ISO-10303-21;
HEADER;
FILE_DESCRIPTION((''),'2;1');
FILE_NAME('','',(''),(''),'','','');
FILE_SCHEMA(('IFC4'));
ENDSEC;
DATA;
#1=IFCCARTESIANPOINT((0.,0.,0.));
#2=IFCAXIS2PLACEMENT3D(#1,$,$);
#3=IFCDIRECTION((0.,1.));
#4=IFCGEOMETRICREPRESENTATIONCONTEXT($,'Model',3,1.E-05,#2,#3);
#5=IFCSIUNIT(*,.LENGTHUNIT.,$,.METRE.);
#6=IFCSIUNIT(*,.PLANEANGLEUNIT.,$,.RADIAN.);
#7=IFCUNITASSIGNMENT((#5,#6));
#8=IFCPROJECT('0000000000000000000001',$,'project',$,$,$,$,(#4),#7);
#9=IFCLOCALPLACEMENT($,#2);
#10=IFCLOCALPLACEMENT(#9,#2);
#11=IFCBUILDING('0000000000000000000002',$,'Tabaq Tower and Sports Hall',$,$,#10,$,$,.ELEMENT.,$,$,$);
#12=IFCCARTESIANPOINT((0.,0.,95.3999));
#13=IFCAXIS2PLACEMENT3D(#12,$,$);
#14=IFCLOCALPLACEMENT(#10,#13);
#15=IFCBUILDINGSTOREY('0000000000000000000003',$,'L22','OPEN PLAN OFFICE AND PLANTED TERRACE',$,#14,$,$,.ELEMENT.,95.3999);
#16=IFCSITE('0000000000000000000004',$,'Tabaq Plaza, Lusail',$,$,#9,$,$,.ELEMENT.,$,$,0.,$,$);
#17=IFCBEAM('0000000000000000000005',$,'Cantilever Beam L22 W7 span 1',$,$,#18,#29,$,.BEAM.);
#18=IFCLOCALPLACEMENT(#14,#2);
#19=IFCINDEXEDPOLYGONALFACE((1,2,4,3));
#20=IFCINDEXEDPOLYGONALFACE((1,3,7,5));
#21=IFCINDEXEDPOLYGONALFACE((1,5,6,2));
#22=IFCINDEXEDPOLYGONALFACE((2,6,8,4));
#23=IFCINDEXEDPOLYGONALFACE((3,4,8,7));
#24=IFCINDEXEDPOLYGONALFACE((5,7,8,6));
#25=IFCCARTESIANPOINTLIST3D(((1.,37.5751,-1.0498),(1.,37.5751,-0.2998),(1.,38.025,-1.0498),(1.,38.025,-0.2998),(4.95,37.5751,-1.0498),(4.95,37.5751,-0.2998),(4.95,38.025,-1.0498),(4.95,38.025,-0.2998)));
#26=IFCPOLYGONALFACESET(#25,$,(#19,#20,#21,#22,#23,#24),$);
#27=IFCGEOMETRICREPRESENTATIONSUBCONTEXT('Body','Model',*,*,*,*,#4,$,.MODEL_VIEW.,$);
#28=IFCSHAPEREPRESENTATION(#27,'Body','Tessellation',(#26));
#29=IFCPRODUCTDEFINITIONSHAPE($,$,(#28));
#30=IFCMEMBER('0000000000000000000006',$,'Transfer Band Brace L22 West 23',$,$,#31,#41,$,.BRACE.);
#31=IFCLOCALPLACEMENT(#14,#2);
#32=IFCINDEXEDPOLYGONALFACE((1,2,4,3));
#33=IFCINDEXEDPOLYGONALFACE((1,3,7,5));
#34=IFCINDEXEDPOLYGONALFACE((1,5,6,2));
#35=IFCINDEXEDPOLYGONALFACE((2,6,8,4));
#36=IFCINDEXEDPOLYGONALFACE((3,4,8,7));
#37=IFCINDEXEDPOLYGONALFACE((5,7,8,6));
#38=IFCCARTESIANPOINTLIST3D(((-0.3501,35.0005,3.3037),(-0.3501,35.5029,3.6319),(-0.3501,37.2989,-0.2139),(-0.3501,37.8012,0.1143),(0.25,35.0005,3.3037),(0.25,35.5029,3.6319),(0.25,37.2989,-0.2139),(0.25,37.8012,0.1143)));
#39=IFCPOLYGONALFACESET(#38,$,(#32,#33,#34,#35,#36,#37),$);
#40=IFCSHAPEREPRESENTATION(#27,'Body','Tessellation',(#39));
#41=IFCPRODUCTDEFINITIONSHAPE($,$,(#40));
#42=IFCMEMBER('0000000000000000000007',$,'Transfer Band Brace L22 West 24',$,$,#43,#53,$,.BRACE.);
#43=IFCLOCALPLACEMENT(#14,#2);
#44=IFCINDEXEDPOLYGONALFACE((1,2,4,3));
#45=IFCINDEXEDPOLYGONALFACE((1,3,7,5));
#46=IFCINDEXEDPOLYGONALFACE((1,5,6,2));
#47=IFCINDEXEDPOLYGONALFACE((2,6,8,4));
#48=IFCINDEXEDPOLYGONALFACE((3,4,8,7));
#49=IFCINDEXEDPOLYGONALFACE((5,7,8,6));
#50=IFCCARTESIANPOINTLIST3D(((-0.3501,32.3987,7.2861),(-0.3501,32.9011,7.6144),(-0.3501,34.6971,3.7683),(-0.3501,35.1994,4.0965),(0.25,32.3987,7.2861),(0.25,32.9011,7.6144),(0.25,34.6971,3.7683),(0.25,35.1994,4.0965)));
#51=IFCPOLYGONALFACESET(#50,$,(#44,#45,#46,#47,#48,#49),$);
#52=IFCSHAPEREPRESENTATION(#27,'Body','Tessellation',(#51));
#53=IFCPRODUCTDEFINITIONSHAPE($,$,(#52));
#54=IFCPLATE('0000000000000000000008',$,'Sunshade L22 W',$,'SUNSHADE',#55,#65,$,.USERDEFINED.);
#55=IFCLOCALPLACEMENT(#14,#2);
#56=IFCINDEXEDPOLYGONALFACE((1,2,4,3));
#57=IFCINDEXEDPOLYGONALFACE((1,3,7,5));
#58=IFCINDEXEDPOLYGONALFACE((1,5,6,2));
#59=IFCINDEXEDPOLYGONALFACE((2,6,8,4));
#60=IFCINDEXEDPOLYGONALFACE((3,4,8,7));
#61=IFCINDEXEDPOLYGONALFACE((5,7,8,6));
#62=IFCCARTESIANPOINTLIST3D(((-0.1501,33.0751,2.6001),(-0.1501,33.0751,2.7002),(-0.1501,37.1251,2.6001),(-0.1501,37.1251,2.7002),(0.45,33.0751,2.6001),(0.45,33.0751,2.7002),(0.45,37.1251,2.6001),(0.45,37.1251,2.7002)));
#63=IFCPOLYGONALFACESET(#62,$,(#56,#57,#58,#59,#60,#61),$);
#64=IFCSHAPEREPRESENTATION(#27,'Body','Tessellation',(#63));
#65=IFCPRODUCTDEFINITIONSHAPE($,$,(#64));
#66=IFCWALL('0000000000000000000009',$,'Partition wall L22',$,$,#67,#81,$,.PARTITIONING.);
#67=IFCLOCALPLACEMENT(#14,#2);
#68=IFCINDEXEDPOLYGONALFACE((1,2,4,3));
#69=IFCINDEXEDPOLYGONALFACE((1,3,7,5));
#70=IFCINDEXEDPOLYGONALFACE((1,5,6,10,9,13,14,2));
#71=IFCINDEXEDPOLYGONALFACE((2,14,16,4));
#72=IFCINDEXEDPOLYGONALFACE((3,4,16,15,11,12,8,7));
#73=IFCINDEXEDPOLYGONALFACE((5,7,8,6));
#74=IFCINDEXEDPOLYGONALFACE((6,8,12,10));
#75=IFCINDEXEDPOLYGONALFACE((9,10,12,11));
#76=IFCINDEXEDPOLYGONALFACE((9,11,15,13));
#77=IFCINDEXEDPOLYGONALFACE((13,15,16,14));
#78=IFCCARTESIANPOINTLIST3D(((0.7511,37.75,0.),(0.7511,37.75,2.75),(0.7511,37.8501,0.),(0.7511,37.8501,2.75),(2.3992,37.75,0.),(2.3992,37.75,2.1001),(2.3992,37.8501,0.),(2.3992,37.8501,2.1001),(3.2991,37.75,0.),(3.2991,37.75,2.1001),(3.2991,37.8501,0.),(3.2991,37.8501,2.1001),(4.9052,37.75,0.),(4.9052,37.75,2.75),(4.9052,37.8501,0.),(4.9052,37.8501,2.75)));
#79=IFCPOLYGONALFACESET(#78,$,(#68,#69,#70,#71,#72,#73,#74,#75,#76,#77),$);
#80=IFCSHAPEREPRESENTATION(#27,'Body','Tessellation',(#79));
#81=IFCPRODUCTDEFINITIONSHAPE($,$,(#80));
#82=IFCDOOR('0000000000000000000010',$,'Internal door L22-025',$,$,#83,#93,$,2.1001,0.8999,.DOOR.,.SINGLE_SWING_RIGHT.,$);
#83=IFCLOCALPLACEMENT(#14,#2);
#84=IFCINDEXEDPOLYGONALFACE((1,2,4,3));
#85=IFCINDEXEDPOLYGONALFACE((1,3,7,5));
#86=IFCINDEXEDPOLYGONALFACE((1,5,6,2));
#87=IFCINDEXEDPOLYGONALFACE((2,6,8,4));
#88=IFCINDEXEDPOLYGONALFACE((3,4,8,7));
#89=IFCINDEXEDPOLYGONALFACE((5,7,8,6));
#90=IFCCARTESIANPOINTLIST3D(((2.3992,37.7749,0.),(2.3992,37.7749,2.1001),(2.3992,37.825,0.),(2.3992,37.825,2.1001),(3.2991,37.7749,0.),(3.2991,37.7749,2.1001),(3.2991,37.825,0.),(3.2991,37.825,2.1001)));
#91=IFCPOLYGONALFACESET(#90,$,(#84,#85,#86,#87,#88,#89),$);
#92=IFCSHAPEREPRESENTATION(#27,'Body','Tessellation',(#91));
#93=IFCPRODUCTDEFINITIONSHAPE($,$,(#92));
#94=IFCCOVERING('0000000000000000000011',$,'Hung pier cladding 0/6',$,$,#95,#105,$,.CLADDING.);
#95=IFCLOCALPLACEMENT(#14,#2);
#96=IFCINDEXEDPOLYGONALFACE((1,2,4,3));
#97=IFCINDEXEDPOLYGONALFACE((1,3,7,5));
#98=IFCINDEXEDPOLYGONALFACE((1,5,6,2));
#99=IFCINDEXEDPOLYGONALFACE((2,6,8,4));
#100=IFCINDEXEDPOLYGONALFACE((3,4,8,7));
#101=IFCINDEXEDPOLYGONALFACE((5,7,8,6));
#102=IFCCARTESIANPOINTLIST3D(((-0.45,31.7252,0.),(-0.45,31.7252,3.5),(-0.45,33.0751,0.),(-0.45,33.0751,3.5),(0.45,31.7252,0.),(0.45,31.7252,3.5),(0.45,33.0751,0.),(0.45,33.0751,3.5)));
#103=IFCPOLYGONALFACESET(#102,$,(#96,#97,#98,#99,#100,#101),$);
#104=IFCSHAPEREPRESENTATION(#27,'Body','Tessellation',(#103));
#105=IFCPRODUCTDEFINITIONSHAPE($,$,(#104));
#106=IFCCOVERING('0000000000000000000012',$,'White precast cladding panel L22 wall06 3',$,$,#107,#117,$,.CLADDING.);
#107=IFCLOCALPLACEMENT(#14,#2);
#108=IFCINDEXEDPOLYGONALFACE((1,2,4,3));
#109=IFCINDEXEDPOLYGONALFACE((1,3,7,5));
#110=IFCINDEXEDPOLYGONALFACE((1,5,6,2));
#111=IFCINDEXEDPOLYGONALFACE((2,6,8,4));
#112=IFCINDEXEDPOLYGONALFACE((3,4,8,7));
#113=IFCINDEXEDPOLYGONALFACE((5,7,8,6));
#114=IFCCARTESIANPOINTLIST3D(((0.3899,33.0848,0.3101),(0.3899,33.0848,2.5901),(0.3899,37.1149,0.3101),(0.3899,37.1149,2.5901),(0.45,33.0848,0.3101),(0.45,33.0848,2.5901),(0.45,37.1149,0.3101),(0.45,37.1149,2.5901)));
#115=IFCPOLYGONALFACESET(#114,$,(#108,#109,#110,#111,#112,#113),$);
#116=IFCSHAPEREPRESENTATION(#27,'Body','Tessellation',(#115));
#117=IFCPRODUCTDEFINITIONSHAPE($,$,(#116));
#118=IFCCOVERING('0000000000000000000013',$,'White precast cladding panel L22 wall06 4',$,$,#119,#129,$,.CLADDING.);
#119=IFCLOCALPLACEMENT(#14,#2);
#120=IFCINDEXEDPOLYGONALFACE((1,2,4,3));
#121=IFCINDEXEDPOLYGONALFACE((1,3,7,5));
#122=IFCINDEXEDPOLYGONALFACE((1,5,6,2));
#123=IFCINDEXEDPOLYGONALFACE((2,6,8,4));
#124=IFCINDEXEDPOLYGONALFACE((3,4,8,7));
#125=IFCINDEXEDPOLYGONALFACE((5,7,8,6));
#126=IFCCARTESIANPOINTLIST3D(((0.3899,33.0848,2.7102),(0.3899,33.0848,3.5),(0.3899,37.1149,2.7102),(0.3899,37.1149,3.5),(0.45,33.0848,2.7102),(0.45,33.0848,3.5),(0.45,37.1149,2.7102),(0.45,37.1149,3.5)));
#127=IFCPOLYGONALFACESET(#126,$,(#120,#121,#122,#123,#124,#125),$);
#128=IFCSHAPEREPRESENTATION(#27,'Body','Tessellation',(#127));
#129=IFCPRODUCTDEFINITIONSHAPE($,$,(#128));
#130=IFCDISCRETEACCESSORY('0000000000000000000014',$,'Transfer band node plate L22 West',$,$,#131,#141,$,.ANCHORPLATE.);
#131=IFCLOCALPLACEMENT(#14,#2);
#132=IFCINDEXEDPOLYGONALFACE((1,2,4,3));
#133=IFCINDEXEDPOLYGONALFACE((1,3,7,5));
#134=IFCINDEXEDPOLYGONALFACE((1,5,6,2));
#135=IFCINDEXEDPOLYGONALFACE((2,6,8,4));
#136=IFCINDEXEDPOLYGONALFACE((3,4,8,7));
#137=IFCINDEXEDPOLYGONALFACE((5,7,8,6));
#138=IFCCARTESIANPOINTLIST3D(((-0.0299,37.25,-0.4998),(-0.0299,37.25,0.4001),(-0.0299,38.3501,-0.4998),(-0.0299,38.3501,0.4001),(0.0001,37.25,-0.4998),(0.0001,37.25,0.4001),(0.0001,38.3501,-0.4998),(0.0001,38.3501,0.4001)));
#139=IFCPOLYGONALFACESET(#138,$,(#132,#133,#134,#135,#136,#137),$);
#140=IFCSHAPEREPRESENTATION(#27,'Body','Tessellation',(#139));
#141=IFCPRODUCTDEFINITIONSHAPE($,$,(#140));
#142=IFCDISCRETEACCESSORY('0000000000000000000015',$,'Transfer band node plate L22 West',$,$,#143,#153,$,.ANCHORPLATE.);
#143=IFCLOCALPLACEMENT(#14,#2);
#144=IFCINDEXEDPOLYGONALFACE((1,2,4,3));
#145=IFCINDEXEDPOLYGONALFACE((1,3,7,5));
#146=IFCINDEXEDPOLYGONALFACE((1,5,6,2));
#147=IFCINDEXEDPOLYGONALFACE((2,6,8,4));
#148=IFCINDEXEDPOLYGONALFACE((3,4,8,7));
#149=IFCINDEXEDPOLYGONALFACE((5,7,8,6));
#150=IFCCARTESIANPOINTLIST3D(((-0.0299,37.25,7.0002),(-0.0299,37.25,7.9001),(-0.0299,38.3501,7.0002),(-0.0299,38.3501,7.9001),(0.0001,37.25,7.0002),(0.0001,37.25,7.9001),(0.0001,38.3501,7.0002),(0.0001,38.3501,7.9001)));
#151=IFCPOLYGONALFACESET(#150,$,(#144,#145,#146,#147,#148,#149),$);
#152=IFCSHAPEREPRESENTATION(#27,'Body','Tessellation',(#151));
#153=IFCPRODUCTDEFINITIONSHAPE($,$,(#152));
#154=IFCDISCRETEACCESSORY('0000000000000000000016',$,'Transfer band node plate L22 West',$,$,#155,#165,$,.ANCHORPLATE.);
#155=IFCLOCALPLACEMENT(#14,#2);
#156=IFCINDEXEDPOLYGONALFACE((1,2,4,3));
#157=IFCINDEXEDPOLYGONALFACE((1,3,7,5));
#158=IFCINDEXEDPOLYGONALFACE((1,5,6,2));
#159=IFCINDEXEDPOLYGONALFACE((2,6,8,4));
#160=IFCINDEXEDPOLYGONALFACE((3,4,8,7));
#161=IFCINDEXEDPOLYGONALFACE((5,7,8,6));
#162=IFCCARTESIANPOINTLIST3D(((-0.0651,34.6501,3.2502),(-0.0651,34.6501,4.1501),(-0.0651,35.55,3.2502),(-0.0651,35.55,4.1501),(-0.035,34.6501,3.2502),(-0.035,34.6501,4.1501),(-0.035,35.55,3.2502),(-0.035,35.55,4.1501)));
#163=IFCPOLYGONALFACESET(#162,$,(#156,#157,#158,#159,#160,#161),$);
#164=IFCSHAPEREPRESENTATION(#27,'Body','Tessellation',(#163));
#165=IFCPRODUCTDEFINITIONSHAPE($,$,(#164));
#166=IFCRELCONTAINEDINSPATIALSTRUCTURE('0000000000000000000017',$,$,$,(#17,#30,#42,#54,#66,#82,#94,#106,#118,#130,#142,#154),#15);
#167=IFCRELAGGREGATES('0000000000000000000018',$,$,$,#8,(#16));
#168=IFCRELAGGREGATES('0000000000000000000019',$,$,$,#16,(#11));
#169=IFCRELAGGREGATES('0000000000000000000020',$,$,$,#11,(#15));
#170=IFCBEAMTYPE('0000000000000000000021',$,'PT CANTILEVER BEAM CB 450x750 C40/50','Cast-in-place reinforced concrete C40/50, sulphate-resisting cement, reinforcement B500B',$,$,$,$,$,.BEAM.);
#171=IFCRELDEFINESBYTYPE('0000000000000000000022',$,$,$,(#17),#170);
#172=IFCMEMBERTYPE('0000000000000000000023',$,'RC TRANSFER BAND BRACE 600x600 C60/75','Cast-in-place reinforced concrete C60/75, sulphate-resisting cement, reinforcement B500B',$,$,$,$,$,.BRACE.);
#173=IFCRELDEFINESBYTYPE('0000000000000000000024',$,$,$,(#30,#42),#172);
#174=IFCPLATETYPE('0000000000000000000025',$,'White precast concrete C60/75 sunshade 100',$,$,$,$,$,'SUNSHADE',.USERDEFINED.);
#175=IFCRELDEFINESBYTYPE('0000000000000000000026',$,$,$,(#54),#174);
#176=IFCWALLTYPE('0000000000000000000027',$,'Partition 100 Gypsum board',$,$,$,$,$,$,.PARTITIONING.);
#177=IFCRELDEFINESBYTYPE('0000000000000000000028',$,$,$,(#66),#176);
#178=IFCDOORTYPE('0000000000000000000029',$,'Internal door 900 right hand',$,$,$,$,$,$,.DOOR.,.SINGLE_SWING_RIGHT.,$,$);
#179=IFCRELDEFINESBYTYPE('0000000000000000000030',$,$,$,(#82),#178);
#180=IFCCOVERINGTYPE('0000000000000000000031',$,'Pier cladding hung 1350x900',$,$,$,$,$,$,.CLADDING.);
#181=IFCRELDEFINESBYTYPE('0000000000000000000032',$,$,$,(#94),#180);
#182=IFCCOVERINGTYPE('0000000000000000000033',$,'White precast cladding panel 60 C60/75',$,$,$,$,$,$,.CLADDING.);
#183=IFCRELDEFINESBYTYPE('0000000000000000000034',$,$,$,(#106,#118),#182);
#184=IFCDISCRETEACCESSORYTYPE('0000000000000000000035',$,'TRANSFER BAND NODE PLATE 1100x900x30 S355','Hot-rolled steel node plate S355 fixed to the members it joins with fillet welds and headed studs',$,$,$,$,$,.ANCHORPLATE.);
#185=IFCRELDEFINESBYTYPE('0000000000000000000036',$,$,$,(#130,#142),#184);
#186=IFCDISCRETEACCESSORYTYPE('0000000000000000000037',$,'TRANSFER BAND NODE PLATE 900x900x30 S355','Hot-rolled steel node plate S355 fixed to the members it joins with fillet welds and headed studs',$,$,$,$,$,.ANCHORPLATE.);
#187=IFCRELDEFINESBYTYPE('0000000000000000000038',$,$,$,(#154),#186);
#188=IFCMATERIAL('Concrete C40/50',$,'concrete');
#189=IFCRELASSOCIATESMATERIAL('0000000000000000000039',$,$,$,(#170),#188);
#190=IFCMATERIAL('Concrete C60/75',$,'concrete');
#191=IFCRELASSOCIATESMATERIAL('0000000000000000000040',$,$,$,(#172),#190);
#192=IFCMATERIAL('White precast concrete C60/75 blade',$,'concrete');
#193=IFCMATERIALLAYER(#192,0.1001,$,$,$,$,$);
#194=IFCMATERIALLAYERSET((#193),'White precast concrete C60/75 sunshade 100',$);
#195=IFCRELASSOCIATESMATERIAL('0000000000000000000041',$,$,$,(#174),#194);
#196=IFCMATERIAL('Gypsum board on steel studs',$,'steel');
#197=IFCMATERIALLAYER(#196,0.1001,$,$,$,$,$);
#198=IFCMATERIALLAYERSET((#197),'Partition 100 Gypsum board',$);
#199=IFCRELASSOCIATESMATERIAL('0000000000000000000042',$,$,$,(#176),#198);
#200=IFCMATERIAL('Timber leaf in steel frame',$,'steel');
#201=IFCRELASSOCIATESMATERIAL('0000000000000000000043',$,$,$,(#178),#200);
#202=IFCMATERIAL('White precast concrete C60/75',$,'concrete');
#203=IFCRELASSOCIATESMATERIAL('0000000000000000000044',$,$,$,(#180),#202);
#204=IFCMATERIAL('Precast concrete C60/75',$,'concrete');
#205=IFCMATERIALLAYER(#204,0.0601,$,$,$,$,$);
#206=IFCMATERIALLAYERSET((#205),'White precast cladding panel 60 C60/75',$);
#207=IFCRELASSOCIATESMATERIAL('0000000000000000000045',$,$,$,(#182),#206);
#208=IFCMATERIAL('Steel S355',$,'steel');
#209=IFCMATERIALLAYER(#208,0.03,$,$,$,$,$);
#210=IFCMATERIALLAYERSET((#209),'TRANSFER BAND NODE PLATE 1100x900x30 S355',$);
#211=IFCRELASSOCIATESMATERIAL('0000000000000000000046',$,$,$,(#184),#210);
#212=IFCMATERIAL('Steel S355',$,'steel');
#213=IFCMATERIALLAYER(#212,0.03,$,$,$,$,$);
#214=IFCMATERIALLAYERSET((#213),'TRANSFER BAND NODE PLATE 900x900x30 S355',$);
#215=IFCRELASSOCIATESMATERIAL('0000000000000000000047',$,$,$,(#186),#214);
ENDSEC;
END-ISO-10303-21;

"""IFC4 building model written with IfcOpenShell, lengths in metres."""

from ifc_helpers import new_model, si_unit, direction, frame, frame_2d, origin, origin_2d, place, context, subcontext, project, spatial, rectangle, extrude, material, layer, layer_set, material_profile, profile_set, type_object, element, fill, save


model = new_model("IFC4")

# Units and contexts
model_context = context("Model", 3, precision=1e-05, world=origin(), true_north=direction((0.0, 1.0)))
body_context = subcontext(model_context, "Body", "Model", "MODEL_VIEW")
ifc_project = project(units=[si_unit("LENGTHUNIT", "METRE"), si_unit("PLANEANGLEUNIT", "RADIAN")], contexts=[model_context])

# Site, building, storey
site_placement = place(None, origin())
site = spatial("IfcSite", under=ifc_project, at=site_placement, Name="Tabaq Plaza, Lusail", CompositionType="ELEMENT", RefElevation=0.0)
building_placement = place(site_placement, origin())
building = spatial("IfcBuilding", under=site, at=building_placement, Name="Tabaq Tower and Sports Hall", CompositionType="ELEMENT")
storey_placement = place(building_placement, frame((0.0, 0.0, 95.3999)))
storey = spatial("IfcBuildingStorey", under=building, at=storey_placement, Name="L22", Description="OPEN PLAN OFFICE AND PLANTED TERRACE", CompositionType="ELEMENT", Elevation=95.3999)

# Beam
ifc_material_1 = material(Name="Concrete C40/50", Category="concrete")
ifc_material_profile_1 = material_profile(ifc_material_1, rectangle(XDim=0.45, YDim=0.75, at=origin_2d()), Name="CB 450x750")
ifc_profile_set_1 = profile_set([ifc_material_profile_1], Name="Concrete C40/50")
beam_type = type_object("IfcBeamType", Name="PT CANTILEVER BEAM CB 450x750 C40/50", Description="Cast-in-place reinforced concrete C40/50, sulphate-resisting cement, reinforcement B500B", PredefinedType="BEAM", material=ifc_profile_set_1)
beam_placement = place(storey_placement, frame((1.0, 37.8, -0.6748), z_axis=(1.0, 0.0, 0.0), x_axis=(0.0, 1.0, 0.0)))
element("IfcBeam", 1, at=beam_placement, inside=storey, type_object=beam_type, Name="Cantilever Beam L22 W7 span 1", PredefinedType="BEAM", context=body_context, shape_type="SweptSolid", body=[
    extrude(rectangle(XDim=0.45, YDim=0.75, at=origin_2d()), origin(), (0.0, 0.0, 1.0), 3.95),
])

# Members
ifc_material_2 = material(Name="Concrete C60/75", Category="concrete")
ifc_material_profile_2 = material_profile(ifc_material_2, rectangle(XDim=0.6001, YDim=0.6001, at=origin_2d()), Name="TRANSFER BAND BRACE 600x600")
ifc_profile_set_2 = profile_set([ifc_material_profile_2], Name="Concrete C60/75")
member_type = type_object("IfcMemberType", Name="RC TRANSFER BAND BRACE 600x600 C60/75", Description="Cast-in-place reinforced concrete C60/75, sulphate-resisting cement, reinforcement B500B", PredefinedType="BRACE", material=ifc_profile_set_2)
member_1_placement = place(storey_placement, frame((-0.05, 37.55, -0.0498), z_axis=(0.0, -0.54698, 0.837146), x_axis=(1.0, 0.0, 0.0)))
element("IfcMember", 2, at=member_1_placement, inside=storey, type_object=member_type, Name="Transfer Band Brace L22 West 23", PredefinedType="BRACE", context=body_context, shape_type="SweptSolid", body=[
    extrude(rectangle(XDim=0.6001, YDim=0.6001, at=origin_2d()), origin(), (0.0, 0.0, 1.0), 4.2019),
])
member_2_placement = place(storey_placement, frame((-0.05, 34.9482, 3.9324), z_axis=(0.0, -0.546953, 0.837163), x_axis=(1.0, 0.0, 0.0)))
element("IfcMember", 3, at=member_2_placement, inside=storey, type_object=member_type, Name="Transfer Band Brace L22 West 24", PredefinedType="BRACE", context=body_context, shape_type="SweptSolid", body=[
    extrude(rectangle(XDim=0.6001, YDim=0.6001, at=origin_2d()), origin(), (0.0, 0.0, 1.0), 4.2021),
])

# Plate
ifc_material_3 = material(Name="White precast concrete C60/75 blade", Category="concrete")
ifc_layer_1 = layer(ifc_material_3, 0.1001)
ifc_layer_set_1 = layer_set([ifc_layer_1], Name="White precast concrete C60/75 sunshade 100")
plate_type = type_object("IfcPlateType", Name="White precast concrete C60/75 sunshade 100", ElementType="SUNSHADE", PredefinedType="USERDEFINED", material=ifc_layer_set_1)
plate_placement = place(storey_placement, frame((0.1499, 35.1001, 2.6001), z_axis=(0.0, 0.0, 1.0), x_axis=(0.0, -1.0, 0.0)))
element("IfcPlate", 4, at=plate_placement, inside=storey, type_object=plate_type, Name="Sunshade L22 W", ObjectType="SUNSHADE", PredefinedType="USERDEFINED", context=body_context, shape_type="SweptSolid", body=[
    extrude(rectangle(XDim=4.05, YDim=0.6001, at=origin_2d()), origin(), (0.0, 0.0, 1.0), 0.1001),
])

# Wall, opening, door
ifc_material_4 = material(Name="Gypsum board on steel studs", Category="steel")
ifc_layer_2 = layer(ifc_material_4, 0.1001)
ifc_layer_set_2 = layer_set([ifc_layer_2], Name="Partition 100 Gypsum board")
wall_type_1 = type_object("IfcWallType", Name="Partition 100 Gypsum board", PredefinedType="PARTITIONING", material=ifc_layer_set_2)
wall_1_placement = place(storey_placement, frame((0.751, 37.8, 0.0), z_axis=(0.0, 0.0, 1.0), x_axis=(1.0, 0.0, 0.0)))
wall_1 = element("IfcWall", 5, at=wall_1_placement, inside=storey, type_object=wall_type_1, Name="Partition wall L22", PredefinedType="PARTITIONING", context=body_context, shape_type="SweptSolid", body=[
    extrude(rectangle(XDim=4.1541, YDim=0.1001, at=frame_2d((2.0771, 0.0))), origin(), (0.0, 0.0, 1.0), 2.75),
])
opening_1_placement = place(wall_1_placement, frame((1.6482, 0.0, 0.0)))
opening_1 = element("IfcOpeningElement", 6, at=opening_1_placement, cuts=wall_1, PredefinedType="OPENING", context=body_context, shape_type="SweptSolid", body=[
    extrude(rectangle(XDim=0.8999, YDim=2.1001, at=frame_2d((0.45, 1.05))), frame((0.0, 0.05, 0.0), z_axis=(0.0, -1.0, 0.0), x_axis=(1.0, 0.0, 0.0)), (0.0, 0.0, 1.0), 0.1001),
])
ifc_material_5 = material(Name="Timber leaf in steel frame", Category="steel")
door_type_1 = type_object("IfcDoorType", Name="Internal door 900 right hand", OperationType="SINGLE_SWING_RIGHT", PredefinedType="DOOR", material=ifc_material_5)
door_1_placement = place(opening_1_placement, origin())
door_1 = element("IfcDoor", 7, at=door_1_placement, inside=storey, type_object=door_type_1, Name="Internal door L22-025", OperationType="SINGLE_SWING_RIGHT", OverallHeight=2.1001, OverallWidth=0.8999, PredefinedType="DOOR", context=body_context, shape_type="SweptSolid", body=[
    extrude(rectangle(XDim=0.8999, YDim=2.1001, at=frame_2d((0.45, 1.05))), frame((0.0, 0.0249, 0.0), z_axis=(0.0, -1.0, 0.0), x_axis=(1.0, 0.0, 0.0)), (0.0, 0.0, 1.0), 0.05),
])
fill(opening_1, door_1)

# Coverings
ifc_material_6 = material(Name="White precast concrete C60/75", Category="concrete")
covering_type_1 = type_object("IfcCoveringType", Name="Pier cladding hung 1350x900", PredefinedType="CLADDING", material=ifc_material_6)
covering_1_placement = place(storey_placement, frame((0.0, 33.075, 0.0), z_axis=(0.0, 0.0, 1.0), x_axis=(0.0, -1.0, 0.0)))
element("IfcCovering", 8, at=covering_1_placement, inside=storey, type_object=covering_type_1, Name="Hung pier cladding 0/6", PredefinedType="CLADDING", context=body_context, shape_type="SweptSolid", body=[
    extrude(rectangle(XDim=1.3499, YDim=0.8999, at=frame_2d((0.6748, 0.0))), origin(), (0.0, 0.0, 1.0), 3.5),
])
ifc_material_7 = material(Name="Precast concrete C60/75", Category="concrete")
ifc_layer_3 = layer(ifc_material_7, 0.0601)
ifc_layer_set_3 = layer_set([ifc_layer_3], Name="White precast cladding panel 60 C60/75")
covering_type_2 = type_object("IfcCoveringType", Name="White precast cladding panel 60 C60/75", PredefinedType="CLADDING", material=ifc_layer_set_3)
covering_2_placement = place(storey_placement, frame((0.4199, 37.115, 0.3101), z_axis=(0.0, 0.0, 1.0), x_axis=(0.0, -1.0, 0.0)))
element("IfcCovering", 9, at=covering_2_placement, inside=storey, type_object=covering_type_2, Name="White precast cladding panel L22 wall06 3", PredefinedType="CLADDING", context=body_context, shape_type="SweptSolid", body=[
    extrude(rectangle(XDim=4.03, YDim=0.0601, at=frame_2d((2.0151, 0.0))), origin(), (0.0, 0.0, 1.0), 2.28),
])
covering_3_placement = place(storey_placement, frame((0.4199, 37.115, 2.7102), z_axis=(0.0, 0.0, 1.0), x_axis=(0.0, -1.0, 0.0)))
element("IfcCovering", 10, at=covering_3_placement, inside=storey, type_object=covering_type_2, Name="White precast cladding panel L22 wall06 4", PredefinedType="CLADDING", context=body_context, shape_type="SweptSolid", body=[
    extrude(rectangle(XDim=4.03, YDim=0.0601, at=frame_2d((2.0151, 0.0))), origin(), (0.0, 0.0, 1.0), 0.7898),
])

# Discrete accessories
ifc_material_8 = material(Name="Steel S355", Category="steel")
ifc_layer_4 = layer(ifc_material_8, 0.03)
ifc_layer_set_4 = layer_set([ifc_layer_4], Name="TRANSFER BAND NODE PLATE 1100x900x30 S355")
discrete_accessory_type_1 = type_object("IfcDiscreteAccessoryType", Name="TRANSFER BAND NODE PLATE 1100x900x30 S355", Description="Hot-rolled steel node plate S355 fixed to the members it joins with fillet welds and headed studs", PredefinedType="ANCHORPLATE", material=ifc_layer_set_4)
for number, where, z_axis, x_axis, name in (
    (11, (-0.0149, 37.8, -0.4998), (0.0, 0.0, 1.0), (0.0, -1.0, 0.0), "Transfer band node plate L22 West"),
    (12, (-0.0149, 37.8, 7.0002), (0.0, 0.0, 1.0), (0.0, -1.0, 0.0), "Transfer band node plate L22 West"),
):
    element("IfcDiscreteAccessory", number, at=place(storey_placement, frame(where, z_axis=z_axis, x_axis=x_axis)), inside=storey, type_object=discrete_accessory_type_1, Name=name, PredefinedType="ANCHORPLATE", context=body_context, shape_type="SweptSolid", body=[
        extrude(rectangle(XDim=1.1001, YDim=0.03, at=origin_2d()), origin(), (0.0, 0.0, 1.0), 0.8999),
    ])
ifc_material_9 = material(Name="Steel S355", Category="steel")
ifc_layer_5 = layer(ifc_material_9, 0.03)
ifc_layer_set_5 = layer_set([ifc_layer_5], Name="TRANSFER BAND NODE PLATE 900x900x30 S355")
discrete_accessory_type_2 = type_object("IfcDiscreteAccessoryType", Name="TRANSFER BAND NODE PLATE 900x900x30 S355", Description="Hot-rolled steel node plate S355 fixed to the members it joins with fillet welds and headed studs", PredefinedType="ANCHORPLATE", material=ifc_layer_set_5)
discrete_accessory_placement = place(storey_placement, frame((-0.05, 35.1001, 3.2502), z_axis=(0.0, 0.0, 1.0), x_axis=(0.0, -1.0, 0.0)))
element("IfcDiscreteAccessory", 13, at=discrete_accessory_placement, inside=storey, type_object=discrete_accessory_type_2, Name="Transfer band node plate L22 West", PredefinedType="ANCHORPLATE", context=body_context, shape_type="SweptSolid", body=[
    extrude(rectangle(XDim=0.8999, YDim=0.03, at=origin_2d()), origin(), (0.0, 0.0, 1.0), 0.8999),
])

save(model, "model.ifc")
